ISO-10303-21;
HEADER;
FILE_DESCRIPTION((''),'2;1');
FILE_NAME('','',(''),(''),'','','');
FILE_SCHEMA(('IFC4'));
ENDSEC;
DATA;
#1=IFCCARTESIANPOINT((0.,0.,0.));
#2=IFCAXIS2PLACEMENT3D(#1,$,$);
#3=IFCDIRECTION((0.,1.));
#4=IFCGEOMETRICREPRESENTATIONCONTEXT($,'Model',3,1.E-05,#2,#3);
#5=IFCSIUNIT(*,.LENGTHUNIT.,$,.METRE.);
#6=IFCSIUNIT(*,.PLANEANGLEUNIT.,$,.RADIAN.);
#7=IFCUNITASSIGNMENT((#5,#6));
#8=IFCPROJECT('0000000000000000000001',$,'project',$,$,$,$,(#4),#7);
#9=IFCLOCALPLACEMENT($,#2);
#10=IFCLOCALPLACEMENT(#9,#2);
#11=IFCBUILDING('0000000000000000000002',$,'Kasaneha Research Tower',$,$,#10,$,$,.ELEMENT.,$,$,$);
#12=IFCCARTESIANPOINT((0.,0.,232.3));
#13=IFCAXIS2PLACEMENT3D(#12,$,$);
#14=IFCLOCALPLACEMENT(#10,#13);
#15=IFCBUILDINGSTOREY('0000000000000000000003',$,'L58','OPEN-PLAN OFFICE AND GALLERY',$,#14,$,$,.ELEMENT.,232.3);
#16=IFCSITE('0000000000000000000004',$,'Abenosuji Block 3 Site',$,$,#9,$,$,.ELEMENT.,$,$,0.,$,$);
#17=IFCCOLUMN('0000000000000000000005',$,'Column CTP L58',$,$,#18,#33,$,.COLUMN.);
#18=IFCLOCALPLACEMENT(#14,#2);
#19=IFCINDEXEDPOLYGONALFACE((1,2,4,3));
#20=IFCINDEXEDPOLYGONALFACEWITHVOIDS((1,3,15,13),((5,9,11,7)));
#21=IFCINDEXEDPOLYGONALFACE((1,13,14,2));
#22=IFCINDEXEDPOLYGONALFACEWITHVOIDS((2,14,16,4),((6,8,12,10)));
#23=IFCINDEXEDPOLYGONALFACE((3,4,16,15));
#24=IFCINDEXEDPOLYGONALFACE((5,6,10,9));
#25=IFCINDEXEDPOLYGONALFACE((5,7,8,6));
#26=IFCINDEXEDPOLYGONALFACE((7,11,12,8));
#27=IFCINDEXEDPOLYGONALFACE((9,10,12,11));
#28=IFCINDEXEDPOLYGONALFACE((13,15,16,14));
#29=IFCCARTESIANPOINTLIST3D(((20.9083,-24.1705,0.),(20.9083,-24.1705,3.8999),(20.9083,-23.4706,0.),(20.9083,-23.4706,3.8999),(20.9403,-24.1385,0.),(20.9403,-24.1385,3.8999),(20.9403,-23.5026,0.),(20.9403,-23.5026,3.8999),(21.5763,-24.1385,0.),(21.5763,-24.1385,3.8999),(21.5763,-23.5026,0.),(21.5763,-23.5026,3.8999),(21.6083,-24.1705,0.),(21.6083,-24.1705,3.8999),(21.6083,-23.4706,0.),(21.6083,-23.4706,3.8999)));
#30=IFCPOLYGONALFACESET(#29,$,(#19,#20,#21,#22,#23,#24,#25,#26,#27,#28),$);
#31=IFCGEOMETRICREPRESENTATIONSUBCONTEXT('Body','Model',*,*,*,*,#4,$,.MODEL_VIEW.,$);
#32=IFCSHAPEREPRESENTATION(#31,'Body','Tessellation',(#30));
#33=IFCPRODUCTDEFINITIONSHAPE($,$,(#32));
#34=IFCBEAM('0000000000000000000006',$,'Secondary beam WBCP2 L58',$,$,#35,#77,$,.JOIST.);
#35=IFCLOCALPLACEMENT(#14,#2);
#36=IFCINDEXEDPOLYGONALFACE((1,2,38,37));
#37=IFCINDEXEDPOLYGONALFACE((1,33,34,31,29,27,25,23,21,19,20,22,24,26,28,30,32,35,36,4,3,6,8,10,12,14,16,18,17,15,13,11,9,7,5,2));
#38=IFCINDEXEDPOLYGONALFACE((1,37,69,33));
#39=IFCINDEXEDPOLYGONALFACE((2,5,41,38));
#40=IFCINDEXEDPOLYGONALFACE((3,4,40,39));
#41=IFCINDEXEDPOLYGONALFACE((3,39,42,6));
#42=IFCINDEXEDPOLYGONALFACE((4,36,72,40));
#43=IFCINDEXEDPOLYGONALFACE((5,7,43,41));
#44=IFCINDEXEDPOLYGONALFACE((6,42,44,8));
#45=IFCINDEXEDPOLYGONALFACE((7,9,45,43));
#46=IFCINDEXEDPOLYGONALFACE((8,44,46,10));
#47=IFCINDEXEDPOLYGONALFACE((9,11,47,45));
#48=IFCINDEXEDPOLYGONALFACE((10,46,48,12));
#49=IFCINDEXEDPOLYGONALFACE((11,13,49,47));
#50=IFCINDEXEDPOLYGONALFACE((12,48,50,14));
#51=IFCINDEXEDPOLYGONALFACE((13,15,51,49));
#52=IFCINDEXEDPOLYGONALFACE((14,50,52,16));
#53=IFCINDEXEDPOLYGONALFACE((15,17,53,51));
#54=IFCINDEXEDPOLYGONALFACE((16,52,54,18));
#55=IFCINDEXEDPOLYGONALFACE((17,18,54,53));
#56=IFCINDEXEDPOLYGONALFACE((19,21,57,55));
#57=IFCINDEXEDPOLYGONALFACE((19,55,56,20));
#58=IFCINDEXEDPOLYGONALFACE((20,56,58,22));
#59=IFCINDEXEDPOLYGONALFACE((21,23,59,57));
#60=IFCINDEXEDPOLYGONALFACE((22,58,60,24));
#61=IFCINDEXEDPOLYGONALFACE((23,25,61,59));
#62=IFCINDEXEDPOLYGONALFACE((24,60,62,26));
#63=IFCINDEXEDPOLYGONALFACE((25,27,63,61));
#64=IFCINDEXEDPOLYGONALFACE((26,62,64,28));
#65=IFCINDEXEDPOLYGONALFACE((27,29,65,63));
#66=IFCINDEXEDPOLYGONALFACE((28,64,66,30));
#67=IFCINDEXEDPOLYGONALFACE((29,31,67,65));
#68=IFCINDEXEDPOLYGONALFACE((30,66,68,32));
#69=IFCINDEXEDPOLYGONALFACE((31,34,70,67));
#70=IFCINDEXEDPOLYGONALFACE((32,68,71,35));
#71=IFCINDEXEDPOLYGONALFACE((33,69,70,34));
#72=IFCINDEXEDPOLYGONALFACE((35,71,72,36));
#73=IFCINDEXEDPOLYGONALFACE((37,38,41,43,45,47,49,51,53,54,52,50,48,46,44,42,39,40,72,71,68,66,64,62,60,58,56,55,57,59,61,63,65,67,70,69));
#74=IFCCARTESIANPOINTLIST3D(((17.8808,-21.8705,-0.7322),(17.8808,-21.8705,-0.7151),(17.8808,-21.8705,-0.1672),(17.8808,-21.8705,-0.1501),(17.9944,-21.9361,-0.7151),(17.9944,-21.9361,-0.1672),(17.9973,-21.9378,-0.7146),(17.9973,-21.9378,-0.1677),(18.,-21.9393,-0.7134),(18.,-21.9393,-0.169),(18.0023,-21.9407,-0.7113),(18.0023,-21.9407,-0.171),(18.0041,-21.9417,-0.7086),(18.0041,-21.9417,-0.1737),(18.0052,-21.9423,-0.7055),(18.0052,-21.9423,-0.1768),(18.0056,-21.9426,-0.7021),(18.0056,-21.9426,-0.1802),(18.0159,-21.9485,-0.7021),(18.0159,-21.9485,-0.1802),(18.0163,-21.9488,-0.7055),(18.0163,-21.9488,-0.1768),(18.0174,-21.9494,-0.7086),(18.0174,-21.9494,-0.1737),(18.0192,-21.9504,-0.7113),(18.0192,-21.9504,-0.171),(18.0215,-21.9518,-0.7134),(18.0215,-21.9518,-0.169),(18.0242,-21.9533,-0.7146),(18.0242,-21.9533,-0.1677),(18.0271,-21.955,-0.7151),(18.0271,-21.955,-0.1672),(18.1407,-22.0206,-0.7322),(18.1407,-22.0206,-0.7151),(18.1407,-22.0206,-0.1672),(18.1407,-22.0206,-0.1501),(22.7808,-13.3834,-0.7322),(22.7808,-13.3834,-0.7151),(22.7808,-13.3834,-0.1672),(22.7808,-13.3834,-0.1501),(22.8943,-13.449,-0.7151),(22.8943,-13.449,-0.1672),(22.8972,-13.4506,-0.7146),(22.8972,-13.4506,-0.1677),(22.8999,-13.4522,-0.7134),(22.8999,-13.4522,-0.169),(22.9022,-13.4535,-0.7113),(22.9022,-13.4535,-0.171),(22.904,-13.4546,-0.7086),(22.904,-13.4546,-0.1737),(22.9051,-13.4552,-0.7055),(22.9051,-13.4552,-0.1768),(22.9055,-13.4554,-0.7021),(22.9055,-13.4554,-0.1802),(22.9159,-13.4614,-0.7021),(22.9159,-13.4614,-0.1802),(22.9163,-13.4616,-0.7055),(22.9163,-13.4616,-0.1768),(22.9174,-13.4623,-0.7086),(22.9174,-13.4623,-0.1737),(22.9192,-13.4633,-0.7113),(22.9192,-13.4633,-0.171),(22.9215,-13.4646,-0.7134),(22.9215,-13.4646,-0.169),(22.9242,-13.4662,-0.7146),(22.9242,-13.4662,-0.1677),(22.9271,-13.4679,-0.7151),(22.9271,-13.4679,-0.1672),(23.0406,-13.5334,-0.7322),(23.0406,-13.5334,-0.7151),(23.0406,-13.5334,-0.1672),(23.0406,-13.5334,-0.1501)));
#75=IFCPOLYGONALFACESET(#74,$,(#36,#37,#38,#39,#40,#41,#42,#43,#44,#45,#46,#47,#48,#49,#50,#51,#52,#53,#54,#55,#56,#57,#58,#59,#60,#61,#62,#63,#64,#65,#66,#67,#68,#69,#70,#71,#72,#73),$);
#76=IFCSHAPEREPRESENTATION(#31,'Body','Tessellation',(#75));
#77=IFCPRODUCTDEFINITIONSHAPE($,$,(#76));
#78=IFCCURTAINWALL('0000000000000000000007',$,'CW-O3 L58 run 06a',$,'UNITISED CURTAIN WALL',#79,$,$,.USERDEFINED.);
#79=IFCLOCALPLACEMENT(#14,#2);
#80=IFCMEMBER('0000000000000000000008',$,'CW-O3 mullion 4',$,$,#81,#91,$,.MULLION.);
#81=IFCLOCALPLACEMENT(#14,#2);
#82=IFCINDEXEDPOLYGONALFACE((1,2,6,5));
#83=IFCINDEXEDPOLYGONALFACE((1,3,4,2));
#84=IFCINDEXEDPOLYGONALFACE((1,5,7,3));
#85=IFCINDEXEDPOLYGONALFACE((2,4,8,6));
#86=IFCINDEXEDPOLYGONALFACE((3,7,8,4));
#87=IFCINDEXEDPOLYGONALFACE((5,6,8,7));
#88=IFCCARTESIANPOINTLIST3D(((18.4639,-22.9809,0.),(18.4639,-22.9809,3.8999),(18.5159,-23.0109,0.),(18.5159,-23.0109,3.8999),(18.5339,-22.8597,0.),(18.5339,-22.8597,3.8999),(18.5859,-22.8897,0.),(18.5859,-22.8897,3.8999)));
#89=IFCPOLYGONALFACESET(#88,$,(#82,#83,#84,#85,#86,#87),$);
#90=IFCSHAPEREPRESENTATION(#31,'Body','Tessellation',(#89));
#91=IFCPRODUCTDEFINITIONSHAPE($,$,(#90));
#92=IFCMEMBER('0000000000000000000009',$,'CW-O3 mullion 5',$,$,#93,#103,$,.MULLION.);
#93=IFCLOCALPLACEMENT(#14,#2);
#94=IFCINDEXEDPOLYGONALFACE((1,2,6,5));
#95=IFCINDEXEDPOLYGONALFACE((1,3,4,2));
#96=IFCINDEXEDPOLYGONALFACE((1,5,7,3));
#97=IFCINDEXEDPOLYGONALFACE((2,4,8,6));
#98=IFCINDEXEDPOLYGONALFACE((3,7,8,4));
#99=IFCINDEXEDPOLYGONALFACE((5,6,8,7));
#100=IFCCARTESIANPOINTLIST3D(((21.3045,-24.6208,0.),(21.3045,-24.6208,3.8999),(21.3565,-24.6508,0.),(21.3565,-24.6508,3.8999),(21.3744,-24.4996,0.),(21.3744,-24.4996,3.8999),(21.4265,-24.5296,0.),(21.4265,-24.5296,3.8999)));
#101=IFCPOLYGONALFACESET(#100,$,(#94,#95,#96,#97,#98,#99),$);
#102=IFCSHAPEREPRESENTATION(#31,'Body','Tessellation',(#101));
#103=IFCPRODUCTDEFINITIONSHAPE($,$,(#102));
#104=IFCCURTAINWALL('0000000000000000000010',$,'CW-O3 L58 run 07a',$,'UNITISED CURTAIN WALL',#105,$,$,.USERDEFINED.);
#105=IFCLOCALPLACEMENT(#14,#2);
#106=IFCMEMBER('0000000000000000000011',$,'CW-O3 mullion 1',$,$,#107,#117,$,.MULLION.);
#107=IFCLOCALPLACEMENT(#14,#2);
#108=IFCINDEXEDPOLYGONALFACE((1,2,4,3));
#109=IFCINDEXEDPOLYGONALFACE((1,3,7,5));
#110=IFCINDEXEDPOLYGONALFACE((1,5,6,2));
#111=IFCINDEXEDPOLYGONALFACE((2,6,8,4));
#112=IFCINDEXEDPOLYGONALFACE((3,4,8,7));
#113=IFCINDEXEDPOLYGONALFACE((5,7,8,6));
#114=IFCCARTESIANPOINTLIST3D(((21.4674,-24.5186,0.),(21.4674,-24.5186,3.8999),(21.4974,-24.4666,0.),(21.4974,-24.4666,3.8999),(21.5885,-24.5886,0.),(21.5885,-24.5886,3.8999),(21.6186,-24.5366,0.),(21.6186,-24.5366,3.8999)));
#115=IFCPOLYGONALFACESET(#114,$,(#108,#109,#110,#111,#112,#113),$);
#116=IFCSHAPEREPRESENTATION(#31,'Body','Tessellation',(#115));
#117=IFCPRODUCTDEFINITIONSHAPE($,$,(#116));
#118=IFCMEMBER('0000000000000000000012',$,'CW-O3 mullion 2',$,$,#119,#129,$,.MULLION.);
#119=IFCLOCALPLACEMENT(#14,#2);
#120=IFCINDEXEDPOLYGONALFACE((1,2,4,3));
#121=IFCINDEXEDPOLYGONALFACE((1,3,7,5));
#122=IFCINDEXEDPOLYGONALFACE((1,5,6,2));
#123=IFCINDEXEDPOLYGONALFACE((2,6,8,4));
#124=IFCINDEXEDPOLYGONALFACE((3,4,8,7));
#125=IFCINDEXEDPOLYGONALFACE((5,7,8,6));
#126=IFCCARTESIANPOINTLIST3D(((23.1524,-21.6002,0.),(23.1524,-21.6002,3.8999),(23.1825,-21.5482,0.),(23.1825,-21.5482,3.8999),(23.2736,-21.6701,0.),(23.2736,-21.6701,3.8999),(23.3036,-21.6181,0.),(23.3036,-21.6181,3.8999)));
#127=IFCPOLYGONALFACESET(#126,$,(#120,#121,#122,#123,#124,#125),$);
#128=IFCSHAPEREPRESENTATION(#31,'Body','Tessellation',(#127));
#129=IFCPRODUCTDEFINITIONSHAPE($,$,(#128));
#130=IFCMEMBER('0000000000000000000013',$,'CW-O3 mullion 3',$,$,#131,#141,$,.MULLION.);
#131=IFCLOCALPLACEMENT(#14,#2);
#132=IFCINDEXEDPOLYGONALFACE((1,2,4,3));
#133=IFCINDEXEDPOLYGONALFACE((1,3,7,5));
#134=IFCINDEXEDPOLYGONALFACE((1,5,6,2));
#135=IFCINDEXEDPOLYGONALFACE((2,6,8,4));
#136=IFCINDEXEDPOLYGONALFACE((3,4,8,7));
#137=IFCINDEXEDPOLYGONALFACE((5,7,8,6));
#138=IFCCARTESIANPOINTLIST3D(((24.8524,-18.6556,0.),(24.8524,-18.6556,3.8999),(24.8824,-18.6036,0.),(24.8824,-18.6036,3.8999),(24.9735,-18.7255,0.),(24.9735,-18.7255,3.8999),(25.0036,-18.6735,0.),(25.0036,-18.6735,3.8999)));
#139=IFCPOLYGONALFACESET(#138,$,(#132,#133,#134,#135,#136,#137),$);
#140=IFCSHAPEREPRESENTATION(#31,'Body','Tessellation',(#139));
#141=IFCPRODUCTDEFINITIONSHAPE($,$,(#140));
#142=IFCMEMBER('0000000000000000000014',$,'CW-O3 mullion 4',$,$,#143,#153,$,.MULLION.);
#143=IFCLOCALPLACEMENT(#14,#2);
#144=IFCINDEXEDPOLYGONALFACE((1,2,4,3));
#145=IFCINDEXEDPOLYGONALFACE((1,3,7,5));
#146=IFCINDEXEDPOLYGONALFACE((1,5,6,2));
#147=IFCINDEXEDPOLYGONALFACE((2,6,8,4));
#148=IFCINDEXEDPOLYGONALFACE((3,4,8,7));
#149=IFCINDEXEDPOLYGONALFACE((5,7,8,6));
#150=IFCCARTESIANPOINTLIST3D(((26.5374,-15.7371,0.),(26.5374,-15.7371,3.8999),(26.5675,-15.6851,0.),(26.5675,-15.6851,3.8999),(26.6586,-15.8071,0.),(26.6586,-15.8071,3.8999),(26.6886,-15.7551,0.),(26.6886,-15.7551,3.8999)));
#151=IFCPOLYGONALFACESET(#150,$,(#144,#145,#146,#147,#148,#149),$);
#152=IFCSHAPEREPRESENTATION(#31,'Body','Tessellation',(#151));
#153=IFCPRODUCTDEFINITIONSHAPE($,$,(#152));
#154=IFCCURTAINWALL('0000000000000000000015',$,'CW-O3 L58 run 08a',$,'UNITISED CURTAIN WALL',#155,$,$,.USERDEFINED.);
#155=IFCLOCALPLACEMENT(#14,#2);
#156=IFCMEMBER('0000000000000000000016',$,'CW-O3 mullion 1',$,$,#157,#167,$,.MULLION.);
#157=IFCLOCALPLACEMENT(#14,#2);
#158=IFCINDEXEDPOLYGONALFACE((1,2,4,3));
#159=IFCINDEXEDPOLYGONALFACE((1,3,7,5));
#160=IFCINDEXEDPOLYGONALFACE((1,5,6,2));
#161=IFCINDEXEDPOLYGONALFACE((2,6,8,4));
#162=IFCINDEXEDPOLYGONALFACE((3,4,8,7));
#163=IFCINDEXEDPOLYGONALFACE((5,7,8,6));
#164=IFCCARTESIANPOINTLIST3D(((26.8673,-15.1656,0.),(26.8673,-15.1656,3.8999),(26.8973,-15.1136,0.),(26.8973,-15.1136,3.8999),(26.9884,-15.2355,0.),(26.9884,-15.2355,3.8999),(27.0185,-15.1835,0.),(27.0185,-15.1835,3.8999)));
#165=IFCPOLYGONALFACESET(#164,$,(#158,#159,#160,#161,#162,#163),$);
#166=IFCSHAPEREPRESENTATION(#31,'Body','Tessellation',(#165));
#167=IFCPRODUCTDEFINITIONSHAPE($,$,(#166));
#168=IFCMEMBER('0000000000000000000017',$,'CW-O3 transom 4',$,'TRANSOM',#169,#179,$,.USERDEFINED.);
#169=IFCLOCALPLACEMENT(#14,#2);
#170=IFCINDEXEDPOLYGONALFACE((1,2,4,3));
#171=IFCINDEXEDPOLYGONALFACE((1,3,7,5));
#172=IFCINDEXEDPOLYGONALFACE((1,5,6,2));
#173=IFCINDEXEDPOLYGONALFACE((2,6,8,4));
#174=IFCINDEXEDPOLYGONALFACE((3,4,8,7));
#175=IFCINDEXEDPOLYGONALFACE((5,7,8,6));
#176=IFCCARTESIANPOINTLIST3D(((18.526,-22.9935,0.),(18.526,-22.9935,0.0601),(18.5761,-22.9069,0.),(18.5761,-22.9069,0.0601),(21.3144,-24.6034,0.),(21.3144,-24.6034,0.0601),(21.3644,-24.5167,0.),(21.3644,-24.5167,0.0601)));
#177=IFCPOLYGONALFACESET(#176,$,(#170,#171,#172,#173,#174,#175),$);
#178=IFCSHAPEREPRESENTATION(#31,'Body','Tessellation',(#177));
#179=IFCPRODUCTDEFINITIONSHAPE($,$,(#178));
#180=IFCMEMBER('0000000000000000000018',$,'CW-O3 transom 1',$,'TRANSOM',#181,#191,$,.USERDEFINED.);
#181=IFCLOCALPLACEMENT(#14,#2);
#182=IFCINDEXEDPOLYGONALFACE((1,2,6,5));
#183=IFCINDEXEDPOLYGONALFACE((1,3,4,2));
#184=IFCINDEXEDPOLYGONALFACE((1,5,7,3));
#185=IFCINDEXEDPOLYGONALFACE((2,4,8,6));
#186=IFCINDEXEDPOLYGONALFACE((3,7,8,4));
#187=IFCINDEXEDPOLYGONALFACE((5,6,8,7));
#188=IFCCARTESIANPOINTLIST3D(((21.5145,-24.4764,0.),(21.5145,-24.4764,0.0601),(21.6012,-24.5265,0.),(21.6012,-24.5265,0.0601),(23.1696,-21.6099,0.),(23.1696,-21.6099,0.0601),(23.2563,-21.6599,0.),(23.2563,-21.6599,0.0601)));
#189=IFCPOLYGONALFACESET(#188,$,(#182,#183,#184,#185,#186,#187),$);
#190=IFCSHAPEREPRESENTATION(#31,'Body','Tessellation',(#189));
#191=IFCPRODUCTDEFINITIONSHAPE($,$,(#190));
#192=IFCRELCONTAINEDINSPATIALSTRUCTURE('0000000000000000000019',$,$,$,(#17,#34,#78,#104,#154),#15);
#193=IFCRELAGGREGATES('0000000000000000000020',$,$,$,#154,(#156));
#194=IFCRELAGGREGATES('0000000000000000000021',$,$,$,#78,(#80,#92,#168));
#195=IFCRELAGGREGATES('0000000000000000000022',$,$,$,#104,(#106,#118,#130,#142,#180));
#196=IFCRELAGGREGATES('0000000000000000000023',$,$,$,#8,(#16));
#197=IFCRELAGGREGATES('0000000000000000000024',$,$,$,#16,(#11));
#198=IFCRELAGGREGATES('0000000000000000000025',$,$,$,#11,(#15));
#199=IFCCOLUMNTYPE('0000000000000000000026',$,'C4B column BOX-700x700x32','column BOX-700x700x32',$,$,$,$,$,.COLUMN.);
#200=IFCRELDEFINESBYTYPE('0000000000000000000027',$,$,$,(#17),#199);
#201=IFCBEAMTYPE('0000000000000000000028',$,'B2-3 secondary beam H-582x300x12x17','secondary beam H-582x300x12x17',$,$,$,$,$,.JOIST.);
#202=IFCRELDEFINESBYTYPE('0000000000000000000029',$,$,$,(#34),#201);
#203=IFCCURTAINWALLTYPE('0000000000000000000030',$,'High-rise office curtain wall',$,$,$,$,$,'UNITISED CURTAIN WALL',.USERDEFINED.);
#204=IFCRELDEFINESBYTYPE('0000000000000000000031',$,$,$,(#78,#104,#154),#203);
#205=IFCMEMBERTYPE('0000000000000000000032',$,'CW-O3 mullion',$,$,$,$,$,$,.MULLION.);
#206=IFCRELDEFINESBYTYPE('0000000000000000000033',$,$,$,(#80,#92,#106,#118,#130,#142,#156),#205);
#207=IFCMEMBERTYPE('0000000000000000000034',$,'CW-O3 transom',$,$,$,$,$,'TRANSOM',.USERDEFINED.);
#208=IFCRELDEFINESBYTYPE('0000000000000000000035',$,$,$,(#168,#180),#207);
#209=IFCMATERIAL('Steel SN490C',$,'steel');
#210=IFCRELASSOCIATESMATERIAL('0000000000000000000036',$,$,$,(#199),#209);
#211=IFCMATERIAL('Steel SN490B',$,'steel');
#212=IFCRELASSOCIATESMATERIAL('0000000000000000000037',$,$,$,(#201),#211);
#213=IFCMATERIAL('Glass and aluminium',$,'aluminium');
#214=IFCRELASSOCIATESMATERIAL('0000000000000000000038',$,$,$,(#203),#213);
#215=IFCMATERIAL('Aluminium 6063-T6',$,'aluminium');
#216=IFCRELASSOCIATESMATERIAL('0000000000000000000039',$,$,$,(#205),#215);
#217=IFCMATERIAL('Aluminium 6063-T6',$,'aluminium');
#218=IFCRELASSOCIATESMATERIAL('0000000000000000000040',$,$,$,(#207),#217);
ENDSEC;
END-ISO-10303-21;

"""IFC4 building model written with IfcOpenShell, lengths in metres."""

from ifc_helpers import new_model, si_unit, direction, frame, origin, origin_2d, place, context, subcontext, project, spatial, rectangle, hollow_rectangle, i_section, extrude, material, material_profile, profile_set, type_object, element, aggregate, save


model = new_model("IFC4")

# Units and contexts
model_context = context("Model", 3, precision=1e-05, world=origin(), true_north=direction((0.0, 1.0)))
body_context = subcontext(model_context, "Body", "Model", "MODEL_VIEW")
ifc_project = project(units=[si_unit("LENGTHUNIT", "METRE"), si_unit("PLANEANGLEUNIT", "RADIAN")], contexts=[model_context])

# Site, building, storey
site_placement = place(None, origin())
site = spatial("IfcSite", under=ifc_project, at=site_placement, Name="Abenosuji Block 3 Site", CompositionType="ELEMENT", RefElevation=0.0)
building_placement = place(site_placement, origin())
building = spatial("IfcBuilding", under=site, at=building_placement, Name="Kasaneha Research Tower", CompositionType="ELEMENT")
storey_placement = place(building_placement, frame((0.0, 0.0, 232.3)))
storey = spatial("IfcBuildingStorey", under=building, at=storey_placement, Name="L58", Description="OPEN-PLAN OFFICE AND GALLERY", CompositionType="ELEMENT", Elevation=232.3)

# Column
ifc_material_1 = material(Name="Steel SN490C", Category="steel")
ifc_material_profile_1 = material_profile(ifc_material_1, hollow_rectangle(XDim=0.7, YDim=0.7, WallThickness=0.032, at=origin_2d()), Name="BOX-700x700x32")
ifc_profile_set_1 = profile_set([ifc_material_profile_1], Name="Steel SN490C")
column_type = type_object("IfcColumnType", Name="C4B column BOX-700x700x32", Description="column BOX-700x700x32", PredefinedType="COLUMN", material=ifc_profile_set_1)
column_placement = place(storey_placement, frame((21.2583, -23.8206, 0.0), z_axis=(0.0, 0.0, 1.0), x_axis=(1.0, 0.0, 0.0)))
element("IfcColumn", 1, at=column_placement, inside=storey, type_object=column_type, Name="Column CTP L58", PredefinedType="COLUMN", context=body_context, shape_type="SweptSolid", body=[
    extrude(hollow_rectangle(XDim=0.7, YDim=0.7, WallThickness=0.032, at=origin_2d()), origin(), (0.0, 0.0, 1.0), 3.8999),
])

# Beam
ifc_material_2 = material(Name="Steel SN490B", Category="steel")
ifc_material_profile_2 = material_profile(ifc_material_2, i_section(OverallWidth=0.3, OverallDepth=0.582, WebThickness=0.012, FlangeThickness=0.0171, FilletRadius=0.0129, at=origin_2d()), Name="H-582x300x12x17")
ifc_profile_set_2 = profile_set([ifc_material_profile_2], Name="Steel SN490B")
beam_type_1 = type_object("IfcBeamType", Name="B2-3 secondary beam H-582x300x12x17", Description="secondary beam H-582x300x12x17", PredefinedType="JOIST", material=ifc_profile_set_2)
beam_1_placement = place(storey_placement, frame((18.0107, -21.9456, -0.4412), z_axis=(0.499992, 0.86603, 0.0), x_axis=(-0.86603, 0.499992, 0.0)))
element("IfcBeam", 2, at=beam_1_placement, inside=storey, type_object=beam_type_1, Name="Secondary beam WBCP2 L58", PredefinedType="JOIST", context=body_context, shape_type="SweptSolid", body=[
    extrude(i_section(OverallWidth=0.3, OverallDepth=0.582, WebThickness=0.012, FlangeThickness=0.0171, FilletRadius=0.0129, at=origin_2d()), origin(), (0.0, 0.0, 1.0), 9.8),
])

# Curtain walls, members
ifc_material_3 = material(Name="Glass and aluminium", Category="aluminium")
curtain_wall_type = type_object("IfcCurtainWallType", Name="High-rise office curtain wall", ElementType="UNITISED CURTAIN WALL", PredefinedType="USERDEFINED", material=ifc_material_3)
curtain_wall_1_placement = place(storey_placement, origin())
curtain_wall_1 = element("IfcCurtainWall", 3, at=curtain_wall_1_placement, inside=storey, type_object=curtain_wall_type, Name="CW-O3 L58 run 06a", ObjectType="UNITISED CURTAIN WALL", PredefinedType="USERDEFINED")
ifc_material_4 = material(Name="Aluminium 6063-T6", Category="aluminium")
ifc_material_profile_3 = material_profile(ifc_material_4, rectangle(XDim=0.0601, YDim=0.1399, at=origin_2d()), Name="CW-O3 mullion 60x140")
ifc_profile_set_3 = profile_set([ifc_material_profile_3], Name="Aluminium 6063-T6")
member_type_1 = type_object("IfcMemberType", Name="CW-O3 mullion", PredefinedType="MULLION", material=ifc_profile_set_3)
member_1_placement = place(storey_placement, frame((18.5249, -22.9353, 0.0), z_axis=(0.0, 0.0, 1.0), x_axis=(0.866025, -0.5, 0.0)))
member_1 = element("IfcMember", 4, at=member_1_placement, type_object=member_type_1, Name="CW-O3 mullion 4", PredefinedType="MULLION", context=body_context, shape_type="SweptSolid", body=[
    extrude(rectangle(XDim=0.0601, YDim=0.1399, at=origin_2d()), origin(), (0.0, 0.0, 1.0), 3.8999),
])
member_2_placement = place(storey_placement, frame((21.3655, -24.5752, 0.0), z_axis=(0.0, 0.0, 1.0), x_axis=(0.866025, -0.5, 0.0)))
member_2 = element("IfcMember", 5, at=member_2_placement, type_object=member_type_1, Name="CW-O3 mullion 5", PredefinedType="MULLION", context=body_context, shape_type="SweptSolid", body=[
    extrude(rectangle(XDim=0.0601, YDim=0.1399, at=origin_2d()), origin(), (0.0, 0.0, 1.0), 3.8999),
])
curtain_wall_2_placement = place(storey_placement, origin())
curtain_wall_2 = element("IfcCurtainWall", 6, at=curtain_wall_2_placement, inside=storey, type_object=curtain_wall_type, Name="CW-O3 L58 run 07a", ObjectType="UNITISED CURTAIN WALL", PredefinedType="USERDEFINED")
member_3_placement = place(storey_placement, frame((21.543, -24.5276, 0.0), z_axis=(0.0, 0.0, 1.0), x_axis=(0.5, 0.866025, 0.0)))
member_3 = element("IfcMember", 7, at=member_3_placement, type_object=member_type_1, Name="CW-O3 mullion 1", PredefinedType="MULLION", context=body_context, shape_type="SweptSolid", body=[
    extrude(rectangle(XDim=0.0601, YDim=0.1399, at=origin_2d()), origin(), (0.0, 0.0, 1.0), 3.8999),
])
member_4_placement = place(storey_placement, frame((23.228, -21.6091, 0.0), z_axis=(0.0, 0.0, 1.0), x_axis=(0.5, 0.866025, 0.0)))
member_4 = element("IfcMember", 8, at=member_4_placement, type_object=member_type_1, Name="CW-O3 mullion 2", PredefinedType="MULLION", context=body_context, shape_type="SweptSolid", body=[
    extrude(rectangle(XDim=0.0601, YDim=0.1399, at=origin_2d()), origin(), (0.0, 0.0, 1.0), 3.8999),
])
member_5_placement = place(storey_placement, frame((24.928, -18.6646, 0.0), z_axis=(0.0, 0.0, 1.0), x_axis=(0.5, 0.866025, 0.0)))
member_5 = element("IfcMember", 9, at=member_5_placement, type_object=member_type_1, Name="CW-O3 mullion 3", PredefinedType="MULLION", context=body_context, shape_type="SweptSolid", body=[
    extrude(rectangle(XDim=0.0601, YDim=0.1399, at=origin_2d()), origin(), (0.0, 0.0, 1.0), 3.8999),
])
member_6_placement = place(storey_placement, frame((26.613, -15.7461, 0.0), z_axis=(0.0, 0.0, 1.0), x_axis=(0.5, 0.866025, 0.0)))
member_6 = element("IfcMember", 10, at=member_6_placement, type_object=member_type_1, Name="CW-O3 mullion 4", PredefinedType="MULLION", context=body_context, shape_type="SweptSolid", body=[
    extrude(rectangle(XDim=0.0601, YDim=0.1399, at=origin_2d()), origin(), (0.0, 0.0, 1.0), 3.8999),
])

# Curtain wall, member
curtain_wall_3_placement = place(storey_placement, origin())
curtain_wall_3 = element("IfcCurtainWall", 11, at=curtain_wall_3_placement, inside=storey, type_object=curtain_wall_type, Name="CW-O3 L58 run 08a", ObjectType="UNITISED CURTAIN WALL", PredefinedType="USERDEFINED")
member_7_placement = place(storey_placement, frame((26.9429, -15.1746, 0.0), z_axis=(0.0, 0.0, 1.0), x_axis=(0.5, 0.866025, 0.0)))
member_7 = element("IfcMember", 12, at=member_7_placement, type_object=member_type_1, Name="CW-O3 mullion 1", PredefinedType="MULLION", context=body_context, shape_type="SweptSolid", body=[
    extrude(rectangle(XDim=0.0601, YDim=0.1399, at=origin_2d()), origin(), (0.0, 0.0, 1.0), 3.8999),
])
aggregate(curtain_wall_3, [member_7])

# Members
ifc_material_5 = material(Name="Aluminium 6063-T6", Category="aluminium")
ifc_material_profile_4 = material_profile(ifc_material_5, rectangle(XDim=0.1001, YDim=0.0601, at=origin_2d()), Name="CW-O3 transom 100x60")
ifc_profile_set_4 = profile_set([ifc_material_profile_4], Name="Aluminium 6063-T6")
member_type_2 = type_object("IfcMemberType", Name="CW-O3 transom", ElementType="TRANSOM", PredefinedType="USERDEFINED", material=ifc_profile_set_4)
member_8_placement = place(storey_placement, frame((18.551, -22.9502, 0.03), z_axis=(0.866023, -0.500005, 0.0), x_axis=(0.500005, 0.866023, 0.0)))
member_8 = element("IfcMember", 13, at=member_8_placement, type_object=member_type_2, Name="CW-O3 transom 4", ObjectType="TRANSOM", PredefinedType="USERDEFINED", context=body_context, shape_type="SweptSolid", body=[
    extrude(rectangle(XDim=0.1001, YDim=0.0601, at=origin_2d()), origin(), (0.0, 0.0, 1.0), 3.2197),
])
member_9_placement = place(storey_placement, frame((21.5579, -24.5015, 0.03), z_axis=(0.500018, 0.866015, 0.0), x_axis=(-0.866015, 0.500018, 0.0)))
member_9 = element("IfcMember", 14, at=member_9_placement, type_object=member_type_2, Name="CW-O3 transom 1", ObjectType="TRANSOM", PredefinedType="USERDEFINED", context=body_context, shape_type="SweptSolid", body=[
    extrude(rectangle(XDim=0.1001, YDim=0.0601, at=origin_2d()), origin(), (0.0, 0.0, 1.0), 3.3101),
])

aggregate(curtain_wall_1, [member_1, member_2, member_8])
aggregate(curtain_wall_2, [member_3, member_4, member_5, member_6, member_9])

save(model, "model.ifc")
